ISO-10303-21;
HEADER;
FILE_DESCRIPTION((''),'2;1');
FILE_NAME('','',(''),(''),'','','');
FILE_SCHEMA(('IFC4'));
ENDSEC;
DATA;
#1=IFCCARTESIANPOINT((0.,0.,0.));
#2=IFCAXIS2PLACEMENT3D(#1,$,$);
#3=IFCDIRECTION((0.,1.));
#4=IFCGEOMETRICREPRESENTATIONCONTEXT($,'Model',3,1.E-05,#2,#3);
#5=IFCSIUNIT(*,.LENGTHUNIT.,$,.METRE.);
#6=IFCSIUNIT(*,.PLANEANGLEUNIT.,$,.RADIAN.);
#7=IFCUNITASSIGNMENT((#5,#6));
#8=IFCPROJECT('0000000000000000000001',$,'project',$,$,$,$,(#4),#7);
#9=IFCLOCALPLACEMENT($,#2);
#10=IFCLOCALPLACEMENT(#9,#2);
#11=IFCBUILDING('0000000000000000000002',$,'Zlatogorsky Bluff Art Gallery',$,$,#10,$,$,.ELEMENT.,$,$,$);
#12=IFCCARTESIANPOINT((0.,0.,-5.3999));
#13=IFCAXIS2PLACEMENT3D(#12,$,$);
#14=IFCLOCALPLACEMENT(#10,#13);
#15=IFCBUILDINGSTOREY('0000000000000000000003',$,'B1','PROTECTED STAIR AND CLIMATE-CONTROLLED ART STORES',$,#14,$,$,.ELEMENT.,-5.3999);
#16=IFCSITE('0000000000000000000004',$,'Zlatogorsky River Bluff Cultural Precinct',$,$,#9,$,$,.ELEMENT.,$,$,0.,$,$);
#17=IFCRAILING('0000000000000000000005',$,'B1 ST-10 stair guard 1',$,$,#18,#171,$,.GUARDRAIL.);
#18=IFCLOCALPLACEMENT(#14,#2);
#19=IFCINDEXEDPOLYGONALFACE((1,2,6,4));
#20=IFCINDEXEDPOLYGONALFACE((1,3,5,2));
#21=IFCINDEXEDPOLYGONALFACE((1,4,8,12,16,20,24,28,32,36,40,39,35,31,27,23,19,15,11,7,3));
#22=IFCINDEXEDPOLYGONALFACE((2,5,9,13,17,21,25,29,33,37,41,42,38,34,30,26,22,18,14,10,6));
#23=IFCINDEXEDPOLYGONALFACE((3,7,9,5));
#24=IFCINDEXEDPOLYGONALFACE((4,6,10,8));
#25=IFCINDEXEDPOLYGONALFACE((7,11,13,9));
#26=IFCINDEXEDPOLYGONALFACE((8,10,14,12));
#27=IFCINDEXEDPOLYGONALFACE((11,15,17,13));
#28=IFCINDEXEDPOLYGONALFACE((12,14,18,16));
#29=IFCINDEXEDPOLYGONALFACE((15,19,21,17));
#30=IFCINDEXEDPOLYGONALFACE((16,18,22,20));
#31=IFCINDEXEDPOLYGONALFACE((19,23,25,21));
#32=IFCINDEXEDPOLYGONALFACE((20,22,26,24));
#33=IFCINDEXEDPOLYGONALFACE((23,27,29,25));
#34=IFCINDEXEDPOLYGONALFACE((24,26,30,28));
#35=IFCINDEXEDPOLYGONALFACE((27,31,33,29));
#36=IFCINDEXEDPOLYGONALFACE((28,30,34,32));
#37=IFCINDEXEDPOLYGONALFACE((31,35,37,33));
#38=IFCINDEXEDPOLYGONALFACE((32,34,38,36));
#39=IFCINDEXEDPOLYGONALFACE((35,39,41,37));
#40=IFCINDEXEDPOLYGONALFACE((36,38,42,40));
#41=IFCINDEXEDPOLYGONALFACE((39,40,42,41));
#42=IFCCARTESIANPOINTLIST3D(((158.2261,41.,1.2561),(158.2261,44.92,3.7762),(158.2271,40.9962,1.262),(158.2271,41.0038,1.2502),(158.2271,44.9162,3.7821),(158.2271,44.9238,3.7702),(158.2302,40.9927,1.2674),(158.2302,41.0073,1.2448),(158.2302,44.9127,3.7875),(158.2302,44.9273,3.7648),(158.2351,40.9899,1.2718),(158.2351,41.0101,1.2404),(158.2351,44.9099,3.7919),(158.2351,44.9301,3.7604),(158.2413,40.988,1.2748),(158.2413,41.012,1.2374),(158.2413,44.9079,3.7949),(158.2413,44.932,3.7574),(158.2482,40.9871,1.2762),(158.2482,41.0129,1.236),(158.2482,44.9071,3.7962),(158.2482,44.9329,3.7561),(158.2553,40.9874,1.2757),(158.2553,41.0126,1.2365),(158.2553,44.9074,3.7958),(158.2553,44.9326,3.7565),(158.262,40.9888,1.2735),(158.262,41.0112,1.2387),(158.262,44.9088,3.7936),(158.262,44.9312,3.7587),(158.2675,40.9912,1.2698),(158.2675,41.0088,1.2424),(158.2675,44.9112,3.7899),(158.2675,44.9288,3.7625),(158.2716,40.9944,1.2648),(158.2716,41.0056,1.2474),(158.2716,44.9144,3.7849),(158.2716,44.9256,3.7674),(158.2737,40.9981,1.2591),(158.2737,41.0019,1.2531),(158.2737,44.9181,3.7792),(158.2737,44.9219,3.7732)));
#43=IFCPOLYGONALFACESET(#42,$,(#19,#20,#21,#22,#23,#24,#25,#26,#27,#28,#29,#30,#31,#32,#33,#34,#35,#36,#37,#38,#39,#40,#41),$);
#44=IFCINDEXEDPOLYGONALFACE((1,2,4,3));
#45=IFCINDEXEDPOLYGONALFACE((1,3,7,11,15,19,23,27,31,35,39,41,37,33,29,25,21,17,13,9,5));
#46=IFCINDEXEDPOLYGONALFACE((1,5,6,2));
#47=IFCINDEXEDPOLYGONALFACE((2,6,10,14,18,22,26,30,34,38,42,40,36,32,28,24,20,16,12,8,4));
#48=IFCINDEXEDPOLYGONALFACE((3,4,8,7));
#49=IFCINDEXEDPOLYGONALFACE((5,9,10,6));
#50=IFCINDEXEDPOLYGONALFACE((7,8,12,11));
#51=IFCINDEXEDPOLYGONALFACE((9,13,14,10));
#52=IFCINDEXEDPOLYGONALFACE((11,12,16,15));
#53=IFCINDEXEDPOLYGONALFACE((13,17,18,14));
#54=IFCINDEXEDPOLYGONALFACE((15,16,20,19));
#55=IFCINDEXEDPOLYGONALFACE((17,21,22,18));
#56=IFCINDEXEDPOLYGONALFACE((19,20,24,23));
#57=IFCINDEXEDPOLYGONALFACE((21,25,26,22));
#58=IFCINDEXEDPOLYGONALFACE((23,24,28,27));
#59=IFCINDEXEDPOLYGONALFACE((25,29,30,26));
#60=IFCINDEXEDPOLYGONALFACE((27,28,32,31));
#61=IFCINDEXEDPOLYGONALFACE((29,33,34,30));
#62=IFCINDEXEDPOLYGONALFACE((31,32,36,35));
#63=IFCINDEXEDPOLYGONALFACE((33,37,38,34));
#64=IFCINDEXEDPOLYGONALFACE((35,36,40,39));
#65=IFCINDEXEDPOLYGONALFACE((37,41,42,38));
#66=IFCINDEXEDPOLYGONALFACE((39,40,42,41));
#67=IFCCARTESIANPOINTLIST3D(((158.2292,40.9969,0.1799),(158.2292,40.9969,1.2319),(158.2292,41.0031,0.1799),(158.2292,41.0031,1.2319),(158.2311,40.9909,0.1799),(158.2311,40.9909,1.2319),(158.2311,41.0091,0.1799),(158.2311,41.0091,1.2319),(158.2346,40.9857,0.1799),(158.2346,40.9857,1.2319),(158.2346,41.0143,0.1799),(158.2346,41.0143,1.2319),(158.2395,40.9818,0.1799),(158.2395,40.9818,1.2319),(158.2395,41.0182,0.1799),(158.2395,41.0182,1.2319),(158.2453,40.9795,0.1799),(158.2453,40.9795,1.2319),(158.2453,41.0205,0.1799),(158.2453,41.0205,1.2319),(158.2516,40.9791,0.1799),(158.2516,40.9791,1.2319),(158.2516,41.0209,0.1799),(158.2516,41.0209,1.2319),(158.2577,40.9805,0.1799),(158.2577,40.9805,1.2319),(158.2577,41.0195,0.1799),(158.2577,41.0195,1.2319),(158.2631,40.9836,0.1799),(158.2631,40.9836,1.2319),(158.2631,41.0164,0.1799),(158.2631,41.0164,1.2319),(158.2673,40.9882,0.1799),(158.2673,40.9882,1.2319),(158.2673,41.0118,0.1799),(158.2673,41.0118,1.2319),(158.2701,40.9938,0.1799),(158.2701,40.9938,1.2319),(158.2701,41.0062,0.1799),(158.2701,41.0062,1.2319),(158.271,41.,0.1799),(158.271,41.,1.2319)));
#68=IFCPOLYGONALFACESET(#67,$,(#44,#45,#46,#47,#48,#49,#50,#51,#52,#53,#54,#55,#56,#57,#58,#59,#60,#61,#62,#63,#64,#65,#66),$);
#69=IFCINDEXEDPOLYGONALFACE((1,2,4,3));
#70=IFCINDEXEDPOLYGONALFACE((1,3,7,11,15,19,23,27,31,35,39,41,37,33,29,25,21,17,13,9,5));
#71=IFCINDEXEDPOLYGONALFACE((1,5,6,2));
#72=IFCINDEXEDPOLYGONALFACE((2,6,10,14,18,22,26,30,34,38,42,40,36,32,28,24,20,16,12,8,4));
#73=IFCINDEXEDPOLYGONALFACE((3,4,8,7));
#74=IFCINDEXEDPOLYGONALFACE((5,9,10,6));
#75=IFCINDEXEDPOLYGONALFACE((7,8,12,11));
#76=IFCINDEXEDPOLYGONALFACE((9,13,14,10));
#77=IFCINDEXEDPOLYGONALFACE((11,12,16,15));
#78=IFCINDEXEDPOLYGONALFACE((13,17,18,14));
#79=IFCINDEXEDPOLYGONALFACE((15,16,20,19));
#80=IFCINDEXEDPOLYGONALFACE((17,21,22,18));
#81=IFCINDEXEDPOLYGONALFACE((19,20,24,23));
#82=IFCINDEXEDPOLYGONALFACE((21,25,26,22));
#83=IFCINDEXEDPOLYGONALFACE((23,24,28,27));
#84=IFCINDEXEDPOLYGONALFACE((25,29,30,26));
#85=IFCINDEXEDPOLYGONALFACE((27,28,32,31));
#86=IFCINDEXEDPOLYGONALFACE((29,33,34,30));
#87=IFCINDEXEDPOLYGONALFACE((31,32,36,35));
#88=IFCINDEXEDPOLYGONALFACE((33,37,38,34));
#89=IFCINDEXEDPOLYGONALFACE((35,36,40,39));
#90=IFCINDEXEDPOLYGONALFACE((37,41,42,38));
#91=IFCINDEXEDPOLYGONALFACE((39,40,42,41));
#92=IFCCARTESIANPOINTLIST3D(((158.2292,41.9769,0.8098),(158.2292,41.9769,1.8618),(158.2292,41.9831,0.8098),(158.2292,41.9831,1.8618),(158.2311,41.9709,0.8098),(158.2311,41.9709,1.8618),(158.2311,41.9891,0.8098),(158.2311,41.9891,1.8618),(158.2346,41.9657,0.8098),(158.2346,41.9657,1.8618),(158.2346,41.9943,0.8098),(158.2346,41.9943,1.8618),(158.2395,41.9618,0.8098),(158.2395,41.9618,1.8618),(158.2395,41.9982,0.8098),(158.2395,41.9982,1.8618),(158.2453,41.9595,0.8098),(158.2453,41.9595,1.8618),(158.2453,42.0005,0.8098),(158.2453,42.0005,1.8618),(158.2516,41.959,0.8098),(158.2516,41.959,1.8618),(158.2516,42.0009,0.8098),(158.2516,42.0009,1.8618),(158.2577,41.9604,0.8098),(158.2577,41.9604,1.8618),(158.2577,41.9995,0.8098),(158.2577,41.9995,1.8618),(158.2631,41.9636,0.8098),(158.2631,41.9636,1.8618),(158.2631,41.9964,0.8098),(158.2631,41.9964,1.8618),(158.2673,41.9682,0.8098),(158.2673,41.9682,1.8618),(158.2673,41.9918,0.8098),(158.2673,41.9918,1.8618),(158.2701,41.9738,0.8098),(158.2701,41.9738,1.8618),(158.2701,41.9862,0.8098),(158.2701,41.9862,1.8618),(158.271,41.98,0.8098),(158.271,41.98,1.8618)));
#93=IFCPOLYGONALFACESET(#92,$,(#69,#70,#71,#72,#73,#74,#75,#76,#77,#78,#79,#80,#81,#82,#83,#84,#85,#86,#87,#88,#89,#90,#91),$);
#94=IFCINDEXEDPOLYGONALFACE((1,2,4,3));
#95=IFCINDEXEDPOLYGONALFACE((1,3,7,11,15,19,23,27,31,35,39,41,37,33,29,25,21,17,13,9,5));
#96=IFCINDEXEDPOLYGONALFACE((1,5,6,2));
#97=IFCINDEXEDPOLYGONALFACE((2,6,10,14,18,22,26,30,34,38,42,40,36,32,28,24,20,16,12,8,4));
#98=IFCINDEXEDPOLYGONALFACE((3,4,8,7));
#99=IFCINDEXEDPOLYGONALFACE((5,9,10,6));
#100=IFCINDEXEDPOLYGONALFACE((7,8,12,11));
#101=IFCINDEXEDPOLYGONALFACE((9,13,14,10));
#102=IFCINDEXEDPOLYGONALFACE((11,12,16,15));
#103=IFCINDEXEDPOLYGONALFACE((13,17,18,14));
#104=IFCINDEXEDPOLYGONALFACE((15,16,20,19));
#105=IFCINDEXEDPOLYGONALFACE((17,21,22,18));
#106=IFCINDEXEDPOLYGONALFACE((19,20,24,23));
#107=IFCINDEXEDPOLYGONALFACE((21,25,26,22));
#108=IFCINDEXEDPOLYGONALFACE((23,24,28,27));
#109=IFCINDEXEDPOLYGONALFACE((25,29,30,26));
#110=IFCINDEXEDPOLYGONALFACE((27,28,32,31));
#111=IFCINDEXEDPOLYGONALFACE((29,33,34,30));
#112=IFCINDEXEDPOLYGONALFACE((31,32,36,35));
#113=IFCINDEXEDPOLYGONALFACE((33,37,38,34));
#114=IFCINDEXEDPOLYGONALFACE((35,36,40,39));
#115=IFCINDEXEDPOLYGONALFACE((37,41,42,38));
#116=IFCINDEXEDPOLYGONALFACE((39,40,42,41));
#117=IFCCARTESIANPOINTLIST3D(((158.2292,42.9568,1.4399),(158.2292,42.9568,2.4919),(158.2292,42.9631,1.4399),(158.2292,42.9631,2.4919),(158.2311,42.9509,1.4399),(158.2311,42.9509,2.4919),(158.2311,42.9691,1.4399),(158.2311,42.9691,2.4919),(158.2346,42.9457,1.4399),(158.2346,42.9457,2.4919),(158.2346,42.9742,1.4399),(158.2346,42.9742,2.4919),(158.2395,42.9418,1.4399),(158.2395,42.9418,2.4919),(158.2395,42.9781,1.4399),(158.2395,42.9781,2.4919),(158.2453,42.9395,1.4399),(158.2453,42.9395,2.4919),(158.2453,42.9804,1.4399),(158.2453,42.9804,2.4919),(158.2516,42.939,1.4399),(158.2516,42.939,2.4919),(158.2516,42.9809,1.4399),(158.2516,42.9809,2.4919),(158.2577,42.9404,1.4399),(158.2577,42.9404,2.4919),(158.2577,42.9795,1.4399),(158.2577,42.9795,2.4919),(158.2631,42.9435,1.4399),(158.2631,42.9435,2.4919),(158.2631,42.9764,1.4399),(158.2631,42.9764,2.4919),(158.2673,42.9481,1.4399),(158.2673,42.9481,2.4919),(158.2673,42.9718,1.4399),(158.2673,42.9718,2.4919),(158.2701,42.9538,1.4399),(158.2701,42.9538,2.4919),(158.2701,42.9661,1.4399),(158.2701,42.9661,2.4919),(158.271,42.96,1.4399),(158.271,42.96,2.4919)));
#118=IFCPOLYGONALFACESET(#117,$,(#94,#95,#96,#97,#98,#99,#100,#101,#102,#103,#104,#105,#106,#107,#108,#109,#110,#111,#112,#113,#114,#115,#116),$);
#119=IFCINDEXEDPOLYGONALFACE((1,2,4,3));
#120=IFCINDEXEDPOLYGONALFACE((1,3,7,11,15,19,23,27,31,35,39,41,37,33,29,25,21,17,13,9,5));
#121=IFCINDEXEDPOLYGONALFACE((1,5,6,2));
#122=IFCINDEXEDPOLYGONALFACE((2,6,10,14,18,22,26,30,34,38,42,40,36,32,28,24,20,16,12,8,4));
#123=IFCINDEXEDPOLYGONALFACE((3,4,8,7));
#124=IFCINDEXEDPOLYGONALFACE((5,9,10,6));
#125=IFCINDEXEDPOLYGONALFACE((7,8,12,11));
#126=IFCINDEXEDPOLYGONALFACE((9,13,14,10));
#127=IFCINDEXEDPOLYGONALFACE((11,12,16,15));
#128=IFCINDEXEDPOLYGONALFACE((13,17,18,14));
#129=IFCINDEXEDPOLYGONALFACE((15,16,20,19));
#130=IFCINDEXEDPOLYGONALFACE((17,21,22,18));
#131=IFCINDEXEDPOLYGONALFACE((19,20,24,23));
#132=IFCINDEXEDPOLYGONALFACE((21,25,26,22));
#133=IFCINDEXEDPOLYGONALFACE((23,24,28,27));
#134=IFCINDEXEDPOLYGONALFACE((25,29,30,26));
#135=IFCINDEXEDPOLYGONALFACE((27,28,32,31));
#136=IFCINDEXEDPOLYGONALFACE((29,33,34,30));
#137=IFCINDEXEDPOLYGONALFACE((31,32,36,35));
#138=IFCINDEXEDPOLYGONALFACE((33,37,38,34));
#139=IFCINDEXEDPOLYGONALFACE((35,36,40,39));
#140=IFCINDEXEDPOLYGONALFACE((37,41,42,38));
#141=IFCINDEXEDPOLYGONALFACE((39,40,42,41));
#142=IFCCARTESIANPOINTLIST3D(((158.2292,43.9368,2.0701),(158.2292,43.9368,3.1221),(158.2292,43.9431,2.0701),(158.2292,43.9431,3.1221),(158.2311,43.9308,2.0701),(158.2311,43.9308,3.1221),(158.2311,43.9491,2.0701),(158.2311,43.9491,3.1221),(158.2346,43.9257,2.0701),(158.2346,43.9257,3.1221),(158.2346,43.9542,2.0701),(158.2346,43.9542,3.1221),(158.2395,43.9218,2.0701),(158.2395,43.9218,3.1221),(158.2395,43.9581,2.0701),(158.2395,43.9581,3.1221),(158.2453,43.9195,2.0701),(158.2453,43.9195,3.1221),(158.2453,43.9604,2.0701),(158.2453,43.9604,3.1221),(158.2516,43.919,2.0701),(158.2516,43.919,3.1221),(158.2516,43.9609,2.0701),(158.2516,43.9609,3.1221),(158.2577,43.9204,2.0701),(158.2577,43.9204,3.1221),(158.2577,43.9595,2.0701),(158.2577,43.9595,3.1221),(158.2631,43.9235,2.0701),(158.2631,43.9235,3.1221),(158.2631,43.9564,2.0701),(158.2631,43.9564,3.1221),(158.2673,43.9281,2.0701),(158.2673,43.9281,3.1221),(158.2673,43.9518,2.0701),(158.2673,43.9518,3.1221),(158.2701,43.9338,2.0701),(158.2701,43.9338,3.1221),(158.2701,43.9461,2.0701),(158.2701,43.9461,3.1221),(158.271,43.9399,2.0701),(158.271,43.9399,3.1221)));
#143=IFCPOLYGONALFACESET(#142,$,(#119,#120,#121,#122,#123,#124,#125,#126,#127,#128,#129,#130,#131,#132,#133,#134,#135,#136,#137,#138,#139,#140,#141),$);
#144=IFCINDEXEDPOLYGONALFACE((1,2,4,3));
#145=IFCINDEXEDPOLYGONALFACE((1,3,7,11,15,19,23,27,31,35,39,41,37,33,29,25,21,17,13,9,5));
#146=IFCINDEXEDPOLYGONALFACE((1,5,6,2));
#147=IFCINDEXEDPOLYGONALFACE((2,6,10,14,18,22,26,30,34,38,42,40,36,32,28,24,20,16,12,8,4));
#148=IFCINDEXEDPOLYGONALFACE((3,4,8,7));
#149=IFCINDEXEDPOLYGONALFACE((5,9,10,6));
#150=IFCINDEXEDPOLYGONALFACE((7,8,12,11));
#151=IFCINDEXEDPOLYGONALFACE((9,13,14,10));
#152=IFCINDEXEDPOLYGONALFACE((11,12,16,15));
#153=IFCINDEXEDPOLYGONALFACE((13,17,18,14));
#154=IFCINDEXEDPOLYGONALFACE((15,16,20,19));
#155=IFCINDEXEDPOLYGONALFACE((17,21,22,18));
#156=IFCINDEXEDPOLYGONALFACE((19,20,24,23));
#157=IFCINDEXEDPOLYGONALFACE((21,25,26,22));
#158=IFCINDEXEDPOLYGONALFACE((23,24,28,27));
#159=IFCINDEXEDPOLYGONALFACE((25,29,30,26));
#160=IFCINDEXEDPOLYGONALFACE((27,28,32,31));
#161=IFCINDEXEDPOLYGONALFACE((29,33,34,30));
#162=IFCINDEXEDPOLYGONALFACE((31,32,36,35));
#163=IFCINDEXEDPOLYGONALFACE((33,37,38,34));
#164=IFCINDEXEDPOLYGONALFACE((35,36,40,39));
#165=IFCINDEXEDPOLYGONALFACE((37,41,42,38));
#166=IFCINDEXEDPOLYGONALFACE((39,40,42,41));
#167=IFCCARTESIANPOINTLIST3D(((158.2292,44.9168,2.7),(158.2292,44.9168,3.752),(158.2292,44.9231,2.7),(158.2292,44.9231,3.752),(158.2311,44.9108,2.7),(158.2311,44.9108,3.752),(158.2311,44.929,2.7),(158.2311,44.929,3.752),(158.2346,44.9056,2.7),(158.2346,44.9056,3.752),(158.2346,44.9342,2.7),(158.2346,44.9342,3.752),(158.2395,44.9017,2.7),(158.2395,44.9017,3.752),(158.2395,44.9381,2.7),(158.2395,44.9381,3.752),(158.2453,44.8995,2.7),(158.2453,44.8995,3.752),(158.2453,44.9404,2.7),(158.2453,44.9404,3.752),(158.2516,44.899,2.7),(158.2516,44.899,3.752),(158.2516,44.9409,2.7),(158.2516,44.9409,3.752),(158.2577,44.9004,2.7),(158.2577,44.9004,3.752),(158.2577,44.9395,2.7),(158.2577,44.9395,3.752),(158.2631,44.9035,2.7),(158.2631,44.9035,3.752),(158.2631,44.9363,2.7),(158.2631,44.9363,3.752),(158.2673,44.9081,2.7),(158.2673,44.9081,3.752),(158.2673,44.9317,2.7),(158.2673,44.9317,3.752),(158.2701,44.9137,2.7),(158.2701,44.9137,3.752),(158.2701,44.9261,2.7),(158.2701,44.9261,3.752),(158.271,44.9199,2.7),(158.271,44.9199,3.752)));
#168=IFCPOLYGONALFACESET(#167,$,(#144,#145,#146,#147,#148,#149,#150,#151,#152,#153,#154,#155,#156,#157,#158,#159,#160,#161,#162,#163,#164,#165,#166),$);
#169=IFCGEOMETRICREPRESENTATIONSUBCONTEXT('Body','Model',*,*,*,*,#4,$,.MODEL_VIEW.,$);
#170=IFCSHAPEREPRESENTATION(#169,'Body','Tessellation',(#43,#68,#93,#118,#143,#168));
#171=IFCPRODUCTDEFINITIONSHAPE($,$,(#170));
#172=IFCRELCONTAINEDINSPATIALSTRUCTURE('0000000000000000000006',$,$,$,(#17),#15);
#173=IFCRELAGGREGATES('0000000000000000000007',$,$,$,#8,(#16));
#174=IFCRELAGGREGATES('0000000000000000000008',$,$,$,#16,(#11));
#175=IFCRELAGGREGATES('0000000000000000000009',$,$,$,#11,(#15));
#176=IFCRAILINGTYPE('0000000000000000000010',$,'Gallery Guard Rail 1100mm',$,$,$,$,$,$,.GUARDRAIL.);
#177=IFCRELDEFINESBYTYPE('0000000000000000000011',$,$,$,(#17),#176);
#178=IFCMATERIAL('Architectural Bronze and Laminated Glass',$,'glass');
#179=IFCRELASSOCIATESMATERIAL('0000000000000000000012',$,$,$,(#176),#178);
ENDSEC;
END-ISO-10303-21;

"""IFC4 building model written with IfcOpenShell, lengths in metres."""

from ifc_helpers import new_model, si_unit, direction, frame, origin, origin_2d, place, context, subcontext, project, spatial, circle, extrude, material, type_object, element, save


model = new_model("IFC4")

# Units and contexts
model_context = context("Model", 3, precision=1e-05, world=origin(), true_north=direction((0.0, 1.0)))
body_context = subcontext(model_context, "Body", "Model", "MODEL_VIEW")
ifc_project = project(units=[si_unit("LENGTHUNIT", "METRE"), si_unit("PLANEANGLEUNIT", "RADIAN")], contexts=[model_context])

# Site, building, storey
site_placement = place(None, origin())
site = spatial("IfcSite", under=ifc_project, at=site_placement, Name="Zlatogorsky River Bluff Cultural Precinct", CompositionType="ELEMENT", RefElevation=0.0)
building_placement = place(site_placement, origin())
building = spatial("IfcBuilding", under=site, at=building_placement, Name="Zlatogorsky Bluff Art Gallery", CompositionType="ELEMENT")
storey_placement = place(building_placement, frame((0.0, 0.0, -5.3999)))
storey = spatial("IfcBuildingStorey", under=building, at=storey_placement, Name="B1", Description="PROTECTED STAIR AND CLIMATE-CONTROLLED ART STORES", CompositionType="ELEMENT", Elevation=-5.3999)

# Railing
ifc_material_1 = material(Name="Architectural Bronze and Laminated Glass", Category="glass")
railing_type_1 = type_object("IfcRailingType", Name="Gallery Guard Rail 1100mm", PredefinedType="GUARDRAIL", material=ifc_material_1)
railing_1_placement = place(storey_placement, frame((158.25, 41.0, 0.1799)))
element("IfcRailing", 1, at=railing_1_placement, inside=storey, type_object=railing_type_1, Name="B1 ST-10 stair guard 1", PredefinedType="GUARDRAIL", context=body_context, shape_type="SweptSolid", body=[
    extrude(circle(Radius=0.0239, at=origin_2d()), frame((0.0, 0.0, 1.0762), z_axis=(0.0, 0.841172, 0.540768), x_axis=(-1.0, 0.0, 0.0)), (0.0, 0.0, 1.0), 4.6602),
    extrude(circle(Radius=0.021, at=origin_2d()), origin(), (0.0, 0.0, 1.0), 1.052),
    extrude(circle(Radius=0.021, at=origin_2d()), frame((0.0, 0.98, 0.6299)), (0.0, 0.0, 1.0), 1.052),
    extrude(circle(Radius=0.021, at=origin_2d()), frame((0.0, 1.96, 1.26)), (0.0, 0.0, 1.0), 1.052),
    extrude(circle(Radius=0.021, at=origin_2d()), frame((0.0, 2.9399, 1.8901)), (0.0, 0.0, 1.0), 1.052),
    extrude(circle(Radius=0.021, at=origin_2d()), frame((0.0, 3.9199, 2.52)), (0.0, 0.0, 1.0), 1.052),
])

save(model, "model.ifc")
